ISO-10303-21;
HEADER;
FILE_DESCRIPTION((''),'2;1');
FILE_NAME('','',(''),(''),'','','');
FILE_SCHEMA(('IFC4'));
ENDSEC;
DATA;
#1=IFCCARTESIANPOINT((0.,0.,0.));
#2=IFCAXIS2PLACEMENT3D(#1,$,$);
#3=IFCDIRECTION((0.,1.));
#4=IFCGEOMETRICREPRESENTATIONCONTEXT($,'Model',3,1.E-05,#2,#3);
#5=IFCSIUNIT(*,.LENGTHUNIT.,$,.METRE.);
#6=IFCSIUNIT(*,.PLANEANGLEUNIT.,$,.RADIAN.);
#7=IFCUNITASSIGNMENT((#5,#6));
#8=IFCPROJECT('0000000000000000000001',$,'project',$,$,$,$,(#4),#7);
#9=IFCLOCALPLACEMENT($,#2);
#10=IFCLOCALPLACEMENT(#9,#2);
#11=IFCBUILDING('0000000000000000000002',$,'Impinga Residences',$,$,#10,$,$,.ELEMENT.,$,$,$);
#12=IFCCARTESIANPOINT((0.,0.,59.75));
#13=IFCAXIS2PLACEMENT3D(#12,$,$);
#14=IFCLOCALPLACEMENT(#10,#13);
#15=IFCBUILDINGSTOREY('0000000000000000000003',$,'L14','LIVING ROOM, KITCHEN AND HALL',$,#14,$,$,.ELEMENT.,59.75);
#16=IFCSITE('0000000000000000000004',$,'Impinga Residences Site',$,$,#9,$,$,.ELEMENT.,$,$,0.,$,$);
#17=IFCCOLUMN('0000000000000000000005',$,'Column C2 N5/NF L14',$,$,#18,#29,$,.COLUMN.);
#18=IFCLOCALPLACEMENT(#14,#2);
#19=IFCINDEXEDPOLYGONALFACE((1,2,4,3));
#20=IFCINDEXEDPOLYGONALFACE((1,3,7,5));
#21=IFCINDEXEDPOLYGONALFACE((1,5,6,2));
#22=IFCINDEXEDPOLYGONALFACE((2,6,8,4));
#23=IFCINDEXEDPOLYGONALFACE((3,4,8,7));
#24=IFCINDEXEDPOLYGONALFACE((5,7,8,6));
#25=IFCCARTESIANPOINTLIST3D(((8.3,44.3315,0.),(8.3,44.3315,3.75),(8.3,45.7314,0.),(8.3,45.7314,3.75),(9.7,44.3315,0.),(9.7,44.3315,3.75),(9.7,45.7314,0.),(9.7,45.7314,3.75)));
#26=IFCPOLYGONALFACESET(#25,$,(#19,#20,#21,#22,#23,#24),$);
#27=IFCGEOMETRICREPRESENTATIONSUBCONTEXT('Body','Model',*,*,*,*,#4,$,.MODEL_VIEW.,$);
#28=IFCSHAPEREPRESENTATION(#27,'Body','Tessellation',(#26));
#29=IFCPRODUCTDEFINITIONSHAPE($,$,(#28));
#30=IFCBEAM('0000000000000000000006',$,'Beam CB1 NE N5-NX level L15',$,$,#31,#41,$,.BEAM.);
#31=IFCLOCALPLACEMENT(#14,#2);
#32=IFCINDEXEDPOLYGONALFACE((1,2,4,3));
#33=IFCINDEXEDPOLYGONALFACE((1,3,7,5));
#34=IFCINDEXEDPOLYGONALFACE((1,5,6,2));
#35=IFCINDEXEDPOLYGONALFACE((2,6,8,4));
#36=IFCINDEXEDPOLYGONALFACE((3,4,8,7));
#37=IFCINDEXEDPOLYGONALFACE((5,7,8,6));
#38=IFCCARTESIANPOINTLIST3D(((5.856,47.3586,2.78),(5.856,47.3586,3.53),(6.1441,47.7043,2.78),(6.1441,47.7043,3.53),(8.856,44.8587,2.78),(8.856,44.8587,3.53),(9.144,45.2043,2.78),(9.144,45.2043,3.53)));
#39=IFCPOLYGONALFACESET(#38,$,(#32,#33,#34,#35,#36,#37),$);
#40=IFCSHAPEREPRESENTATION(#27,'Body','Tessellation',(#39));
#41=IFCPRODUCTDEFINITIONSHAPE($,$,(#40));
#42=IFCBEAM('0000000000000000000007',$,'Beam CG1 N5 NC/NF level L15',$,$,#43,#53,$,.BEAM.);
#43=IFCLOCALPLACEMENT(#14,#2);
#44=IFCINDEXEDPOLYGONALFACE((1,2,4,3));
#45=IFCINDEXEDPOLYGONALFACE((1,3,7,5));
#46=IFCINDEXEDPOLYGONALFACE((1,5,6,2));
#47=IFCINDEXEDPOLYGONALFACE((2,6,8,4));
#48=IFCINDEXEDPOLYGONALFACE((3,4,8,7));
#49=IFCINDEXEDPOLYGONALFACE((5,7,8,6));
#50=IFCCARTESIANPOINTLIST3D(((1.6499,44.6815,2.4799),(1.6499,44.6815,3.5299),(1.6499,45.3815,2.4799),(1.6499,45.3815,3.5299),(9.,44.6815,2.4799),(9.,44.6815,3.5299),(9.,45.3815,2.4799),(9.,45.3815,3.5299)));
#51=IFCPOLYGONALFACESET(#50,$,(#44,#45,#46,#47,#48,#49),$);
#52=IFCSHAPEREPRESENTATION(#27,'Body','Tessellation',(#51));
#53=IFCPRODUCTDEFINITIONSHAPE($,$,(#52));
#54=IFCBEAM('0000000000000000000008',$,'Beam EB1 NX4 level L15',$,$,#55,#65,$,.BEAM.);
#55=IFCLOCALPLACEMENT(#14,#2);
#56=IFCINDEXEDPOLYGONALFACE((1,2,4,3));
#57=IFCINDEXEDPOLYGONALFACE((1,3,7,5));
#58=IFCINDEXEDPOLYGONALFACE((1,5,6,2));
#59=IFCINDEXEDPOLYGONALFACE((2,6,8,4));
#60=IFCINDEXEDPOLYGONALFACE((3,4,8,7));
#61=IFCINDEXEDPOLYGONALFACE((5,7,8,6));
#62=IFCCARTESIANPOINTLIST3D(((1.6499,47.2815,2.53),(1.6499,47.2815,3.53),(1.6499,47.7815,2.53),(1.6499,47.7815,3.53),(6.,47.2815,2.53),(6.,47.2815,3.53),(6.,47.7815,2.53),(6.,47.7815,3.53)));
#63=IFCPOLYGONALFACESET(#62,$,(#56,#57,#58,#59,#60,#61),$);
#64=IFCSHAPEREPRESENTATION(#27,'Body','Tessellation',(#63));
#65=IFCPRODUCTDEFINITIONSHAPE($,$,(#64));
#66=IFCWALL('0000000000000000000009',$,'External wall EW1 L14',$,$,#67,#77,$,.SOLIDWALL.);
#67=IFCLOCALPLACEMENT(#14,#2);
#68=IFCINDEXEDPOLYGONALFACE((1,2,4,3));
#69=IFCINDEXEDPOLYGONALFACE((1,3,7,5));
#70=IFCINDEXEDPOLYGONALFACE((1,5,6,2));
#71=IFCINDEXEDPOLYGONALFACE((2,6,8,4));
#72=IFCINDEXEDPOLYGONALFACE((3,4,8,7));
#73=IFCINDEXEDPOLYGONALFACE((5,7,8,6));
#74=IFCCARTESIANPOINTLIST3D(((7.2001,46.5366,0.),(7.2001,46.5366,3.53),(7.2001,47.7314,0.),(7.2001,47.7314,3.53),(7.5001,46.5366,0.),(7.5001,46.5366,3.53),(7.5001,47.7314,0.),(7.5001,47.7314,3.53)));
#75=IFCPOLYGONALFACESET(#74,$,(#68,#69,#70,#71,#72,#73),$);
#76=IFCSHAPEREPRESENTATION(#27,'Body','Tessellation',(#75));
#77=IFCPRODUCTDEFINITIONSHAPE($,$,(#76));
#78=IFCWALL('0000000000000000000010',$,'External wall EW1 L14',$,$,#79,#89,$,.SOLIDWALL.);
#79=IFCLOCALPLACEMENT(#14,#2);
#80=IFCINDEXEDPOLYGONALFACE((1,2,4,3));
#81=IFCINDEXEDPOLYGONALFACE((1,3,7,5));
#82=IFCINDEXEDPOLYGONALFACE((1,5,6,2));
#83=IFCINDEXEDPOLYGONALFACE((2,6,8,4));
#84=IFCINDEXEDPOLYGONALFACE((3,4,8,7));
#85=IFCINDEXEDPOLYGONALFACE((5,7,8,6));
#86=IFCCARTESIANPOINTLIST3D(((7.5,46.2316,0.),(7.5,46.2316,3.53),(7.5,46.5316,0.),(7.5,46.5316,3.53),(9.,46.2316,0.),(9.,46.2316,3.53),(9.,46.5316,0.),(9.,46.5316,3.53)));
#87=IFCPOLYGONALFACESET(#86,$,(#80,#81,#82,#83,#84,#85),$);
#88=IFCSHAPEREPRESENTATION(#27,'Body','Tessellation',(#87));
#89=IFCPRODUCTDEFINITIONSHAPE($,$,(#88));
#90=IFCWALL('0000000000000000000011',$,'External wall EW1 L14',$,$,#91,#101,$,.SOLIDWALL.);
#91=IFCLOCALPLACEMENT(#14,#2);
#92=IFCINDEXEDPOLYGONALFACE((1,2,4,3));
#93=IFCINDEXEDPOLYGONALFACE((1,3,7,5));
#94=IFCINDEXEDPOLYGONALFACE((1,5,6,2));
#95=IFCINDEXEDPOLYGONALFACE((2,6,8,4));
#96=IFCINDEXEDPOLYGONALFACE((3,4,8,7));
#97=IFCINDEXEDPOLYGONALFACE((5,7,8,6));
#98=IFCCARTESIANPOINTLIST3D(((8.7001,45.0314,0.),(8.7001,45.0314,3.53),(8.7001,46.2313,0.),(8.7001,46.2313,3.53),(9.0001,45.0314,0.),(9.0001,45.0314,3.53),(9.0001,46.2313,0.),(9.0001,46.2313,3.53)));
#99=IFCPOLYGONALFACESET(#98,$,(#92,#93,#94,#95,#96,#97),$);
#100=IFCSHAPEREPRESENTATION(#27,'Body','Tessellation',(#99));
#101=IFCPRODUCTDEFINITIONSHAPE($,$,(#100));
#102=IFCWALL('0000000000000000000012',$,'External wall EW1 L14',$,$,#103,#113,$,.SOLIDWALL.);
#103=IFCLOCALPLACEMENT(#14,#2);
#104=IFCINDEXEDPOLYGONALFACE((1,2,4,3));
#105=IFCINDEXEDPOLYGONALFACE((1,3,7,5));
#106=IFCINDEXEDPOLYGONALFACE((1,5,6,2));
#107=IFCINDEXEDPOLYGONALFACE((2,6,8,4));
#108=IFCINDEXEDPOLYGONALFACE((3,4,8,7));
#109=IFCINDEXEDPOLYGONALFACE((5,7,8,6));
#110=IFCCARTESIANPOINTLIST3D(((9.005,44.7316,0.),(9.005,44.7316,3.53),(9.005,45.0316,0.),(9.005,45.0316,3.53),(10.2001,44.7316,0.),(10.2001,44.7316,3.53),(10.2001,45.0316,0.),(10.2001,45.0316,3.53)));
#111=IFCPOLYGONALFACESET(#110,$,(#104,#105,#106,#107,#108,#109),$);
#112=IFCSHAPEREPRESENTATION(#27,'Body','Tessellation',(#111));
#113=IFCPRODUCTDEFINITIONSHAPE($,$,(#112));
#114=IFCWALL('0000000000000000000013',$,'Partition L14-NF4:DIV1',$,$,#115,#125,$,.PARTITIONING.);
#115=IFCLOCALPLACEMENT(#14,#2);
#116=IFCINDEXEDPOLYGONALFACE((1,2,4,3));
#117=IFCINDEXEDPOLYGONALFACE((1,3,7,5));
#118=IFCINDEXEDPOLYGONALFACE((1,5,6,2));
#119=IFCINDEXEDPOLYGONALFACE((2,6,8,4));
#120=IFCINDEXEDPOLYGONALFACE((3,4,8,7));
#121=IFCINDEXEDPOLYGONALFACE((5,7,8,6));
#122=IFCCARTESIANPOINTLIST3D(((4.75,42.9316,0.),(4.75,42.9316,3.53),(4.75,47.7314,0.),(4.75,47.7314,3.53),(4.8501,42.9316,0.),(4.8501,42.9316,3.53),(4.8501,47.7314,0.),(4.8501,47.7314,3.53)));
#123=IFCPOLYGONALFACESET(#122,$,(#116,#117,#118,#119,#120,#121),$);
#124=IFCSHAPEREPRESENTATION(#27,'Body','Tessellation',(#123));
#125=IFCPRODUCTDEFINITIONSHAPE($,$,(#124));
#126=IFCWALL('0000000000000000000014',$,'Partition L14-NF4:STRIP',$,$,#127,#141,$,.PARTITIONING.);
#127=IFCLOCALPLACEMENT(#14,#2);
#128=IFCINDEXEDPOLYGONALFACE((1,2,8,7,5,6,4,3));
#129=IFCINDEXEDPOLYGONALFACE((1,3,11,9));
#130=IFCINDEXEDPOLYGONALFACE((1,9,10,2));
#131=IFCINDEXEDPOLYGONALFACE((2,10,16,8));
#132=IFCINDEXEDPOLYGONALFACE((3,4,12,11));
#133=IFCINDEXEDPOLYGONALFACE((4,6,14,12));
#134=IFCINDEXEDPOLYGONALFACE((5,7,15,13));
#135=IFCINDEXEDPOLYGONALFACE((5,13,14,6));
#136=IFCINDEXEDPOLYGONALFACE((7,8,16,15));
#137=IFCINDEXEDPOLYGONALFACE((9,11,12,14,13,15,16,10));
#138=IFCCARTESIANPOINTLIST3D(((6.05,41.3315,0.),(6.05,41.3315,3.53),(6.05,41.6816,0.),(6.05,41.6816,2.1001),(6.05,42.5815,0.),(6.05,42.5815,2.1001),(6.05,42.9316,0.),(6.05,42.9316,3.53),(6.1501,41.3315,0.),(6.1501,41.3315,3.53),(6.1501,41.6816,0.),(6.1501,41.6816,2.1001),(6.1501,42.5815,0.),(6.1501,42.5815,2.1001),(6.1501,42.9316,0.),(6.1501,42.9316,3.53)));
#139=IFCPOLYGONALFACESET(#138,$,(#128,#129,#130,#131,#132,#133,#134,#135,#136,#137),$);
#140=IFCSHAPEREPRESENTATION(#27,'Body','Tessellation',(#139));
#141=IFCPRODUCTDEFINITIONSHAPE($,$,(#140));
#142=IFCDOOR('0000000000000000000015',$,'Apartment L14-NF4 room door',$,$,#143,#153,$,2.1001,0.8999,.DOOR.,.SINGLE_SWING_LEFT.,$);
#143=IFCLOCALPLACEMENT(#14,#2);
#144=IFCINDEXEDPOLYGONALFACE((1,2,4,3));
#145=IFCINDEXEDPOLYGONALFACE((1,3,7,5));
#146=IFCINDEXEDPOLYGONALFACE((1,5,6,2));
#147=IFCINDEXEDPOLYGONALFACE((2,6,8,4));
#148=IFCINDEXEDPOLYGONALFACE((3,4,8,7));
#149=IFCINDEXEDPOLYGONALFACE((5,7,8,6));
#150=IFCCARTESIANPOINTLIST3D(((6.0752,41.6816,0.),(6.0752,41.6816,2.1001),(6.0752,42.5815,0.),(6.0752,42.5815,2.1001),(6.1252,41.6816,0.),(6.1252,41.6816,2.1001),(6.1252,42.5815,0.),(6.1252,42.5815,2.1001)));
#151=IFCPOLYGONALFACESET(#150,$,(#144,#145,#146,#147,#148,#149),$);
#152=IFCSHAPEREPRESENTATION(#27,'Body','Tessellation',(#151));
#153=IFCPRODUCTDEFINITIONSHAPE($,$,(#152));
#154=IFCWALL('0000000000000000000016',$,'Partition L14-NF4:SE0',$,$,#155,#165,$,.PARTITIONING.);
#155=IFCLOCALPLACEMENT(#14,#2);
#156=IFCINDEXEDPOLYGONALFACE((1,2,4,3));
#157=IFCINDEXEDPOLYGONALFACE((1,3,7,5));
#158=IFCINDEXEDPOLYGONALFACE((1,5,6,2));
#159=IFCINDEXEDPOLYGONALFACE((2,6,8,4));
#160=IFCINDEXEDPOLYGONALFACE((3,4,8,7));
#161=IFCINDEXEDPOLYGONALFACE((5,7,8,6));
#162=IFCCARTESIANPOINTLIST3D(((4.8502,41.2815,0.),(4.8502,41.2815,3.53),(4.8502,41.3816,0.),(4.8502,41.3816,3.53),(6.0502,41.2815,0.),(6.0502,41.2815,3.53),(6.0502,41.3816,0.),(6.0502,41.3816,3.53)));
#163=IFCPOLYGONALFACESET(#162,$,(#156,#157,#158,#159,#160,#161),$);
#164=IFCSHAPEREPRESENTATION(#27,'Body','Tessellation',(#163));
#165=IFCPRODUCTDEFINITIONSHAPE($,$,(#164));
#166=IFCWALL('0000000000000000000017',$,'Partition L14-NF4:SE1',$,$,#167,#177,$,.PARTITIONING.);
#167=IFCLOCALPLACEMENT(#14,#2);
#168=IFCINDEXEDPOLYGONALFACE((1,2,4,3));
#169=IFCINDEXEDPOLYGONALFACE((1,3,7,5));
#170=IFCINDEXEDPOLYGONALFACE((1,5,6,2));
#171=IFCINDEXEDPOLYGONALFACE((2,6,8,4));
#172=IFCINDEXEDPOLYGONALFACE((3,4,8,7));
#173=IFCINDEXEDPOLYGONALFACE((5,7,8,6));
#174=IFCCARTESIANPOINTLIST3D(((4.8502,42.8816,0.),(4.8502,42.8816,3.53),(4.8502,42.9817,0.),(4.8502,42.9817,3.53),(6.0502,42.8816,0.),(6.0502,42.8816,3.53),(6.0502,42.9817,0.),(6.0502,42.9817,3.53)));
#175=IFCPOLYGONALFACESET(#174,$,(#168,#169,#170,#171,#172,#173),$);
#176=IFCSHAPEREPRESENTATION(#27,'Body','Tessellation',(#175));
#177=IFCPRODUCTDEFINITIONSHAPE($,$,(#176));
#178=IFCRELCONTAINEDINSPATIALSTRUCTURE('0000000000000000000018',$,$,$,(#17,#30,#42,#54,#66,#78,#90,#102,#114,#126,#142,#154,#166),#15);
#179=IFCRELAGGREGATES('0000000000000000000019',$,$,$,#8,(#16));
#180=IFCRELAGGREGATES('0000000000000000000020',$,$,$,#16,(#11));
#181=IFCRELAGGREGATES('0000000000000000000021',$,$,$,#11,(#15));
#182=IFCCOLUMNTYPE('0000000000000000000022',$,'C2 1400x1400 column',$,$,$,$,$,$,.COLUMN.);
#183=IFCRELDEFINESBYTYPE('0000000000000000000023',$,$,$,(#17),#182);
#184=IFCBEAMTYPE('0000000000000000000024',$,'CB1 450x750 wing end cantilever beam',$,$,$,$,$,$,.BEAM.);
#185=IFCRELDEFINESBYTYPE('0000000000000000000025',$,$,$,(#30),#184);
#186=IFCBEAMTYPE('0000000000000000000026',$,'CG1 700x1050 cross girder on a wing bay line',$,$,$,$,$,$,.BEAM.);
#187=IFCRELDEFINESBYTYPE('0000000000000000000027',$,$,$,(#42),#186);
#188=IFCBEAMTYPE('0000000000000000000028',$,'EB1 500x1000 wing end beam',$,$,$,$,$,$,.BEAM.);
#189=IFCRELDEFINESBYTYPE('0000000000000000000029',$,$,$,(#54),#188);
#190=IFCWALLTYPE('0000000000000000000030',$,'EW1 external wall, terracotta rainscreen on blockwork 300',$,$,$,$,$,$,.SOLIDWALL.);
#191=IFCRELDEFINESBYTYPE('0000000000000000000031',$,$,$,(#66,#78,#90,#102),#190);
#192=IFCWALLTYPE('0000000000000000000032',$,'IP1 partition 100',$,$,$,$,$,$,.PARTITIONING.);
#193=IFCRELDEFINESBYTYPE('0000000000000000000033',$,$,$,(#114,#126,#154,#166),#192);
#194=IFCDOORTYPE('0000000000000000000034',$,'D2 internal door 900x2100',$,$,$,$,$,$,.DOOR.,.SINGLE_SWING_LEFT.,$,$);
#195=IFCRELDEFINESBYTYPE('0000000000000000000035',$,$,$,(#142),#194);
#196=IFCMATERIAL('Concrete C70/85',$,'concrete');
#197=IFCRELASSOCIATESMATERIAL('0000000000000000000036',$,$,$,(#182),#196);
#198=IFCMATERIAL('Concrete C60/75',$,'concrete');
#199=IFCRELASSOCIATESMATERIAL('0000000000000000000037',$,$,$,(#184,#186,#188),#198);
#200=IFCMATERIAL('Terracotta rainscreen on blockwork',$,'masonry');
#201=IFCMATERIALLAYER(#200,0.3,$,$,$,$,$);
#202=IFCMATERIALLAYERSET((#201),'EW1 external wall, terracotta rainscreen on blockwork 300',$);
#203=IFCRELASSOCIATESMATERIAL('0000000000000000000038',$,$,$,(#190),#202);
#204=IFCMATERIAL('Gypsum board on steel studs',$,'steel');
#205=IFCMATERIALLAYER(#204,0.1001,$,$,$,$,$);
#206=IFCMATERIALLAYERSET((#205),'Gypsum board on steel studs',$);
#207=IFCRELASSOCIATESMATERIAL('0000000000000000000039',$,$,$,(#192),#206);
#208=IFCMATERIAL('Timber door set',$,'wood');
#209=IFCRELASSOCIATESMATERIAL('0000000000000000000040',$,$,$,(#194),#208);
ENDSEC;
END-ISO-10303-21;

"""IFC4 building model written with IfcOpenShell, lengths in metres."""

from ifc_helpers import new_model, si_unit, direction, frame, frame_2d, origin, origin_2d, place, context, subcontext, project, spatial, rectangle, extrude, material, layer, layer_set, material_profile, profile_set, type_object, element, fill, save


model = new_model("IFC4")

# Units and contexts
model_context = context("Model", 3, precision=1e-05, world=origin(), true_north=direction((0.0, 1.0)))
body_context = subcontext(model_context, "Body", "Model", "MODEL_VIEW")
ifc_project = project(units=[si_unit("LENGTHUNIT", "METRE"), si_unit("PLANEANGLEUNIT", "RADIAN")], contexts=[model_context])

# Site, building, storey
site_placement = place(None, origin())
site = spatial("IfcSite", under=ifc_project, at=site_placement, Name="Impinga Residences Site", CompositionType="ELEMENT", RefElevation=0.0)
building_placement = place(site_placement, origin())
building = spatial("IfcBuilding", under=site, at=building_placement, Name="Impinga Residences", CompositionType="ELEMENT")
storey_placement = place(building_placement, frame((0.0, 0.0, 59.75)))
storey = spatial("IfcBuildingStorey", under=building, at=storey_placement, Name="L14", Description="LIVING ROOM, KITCHEN AND HALL", CompositionType="ELEMENT", Elevation=59.75)

# Column
ifc_material_1 = material(Name="Concrete C70/85", Category="concrete")
ifc_material_profile_1 = material_profile(ifc_material_1, rectangle(XDim=1.3999, YDim=1.3999, at=origin_2d()), Name="RC 1400x1400")
ifc_profile_set_1 = profile_set([ifc_material_profile_1], Name="Concrete C70/85")
column_type = type_object("IfcColumnType", Name="C2 1400x1400 column", PredefinedType="COLUMN", material=ifc_profile_set_1)
column_placement = place(storey_placement, frame((9.0, 45.0315, 0.0), z_axis=(0.0, 0.0, 1.0), x_axis=(1.0, 0.0, 0.0)))
element("IfcColumn", 1, at=column_placement, inside=storey, type_object=column_type, Name="Column C2 N5/NF L14", PredefinedType="COLUMN", context=body_context, shape_type="SweptSolid", body=[
    extrude(rectangle(XDim=1.3999, YDim=1.3999, at=origin_2d()), origin(), (0.0, 0.0, 1.0), 3.75),
])

# Beams
ifc_material_2 = material(Name="Concrete C60/75", Category="concrete")
ifc_material_profile_2 = material_profile(ifc_material_2, rectangle(XDim=0.45, YDim=0.75, at=origin_2d()), Name="RC 450x750")
ifc_profile_set_2 = profile_set([ifc_material_profile_2], Name="Concrete C60/75")
beam_type_1 = type_object("IfcBeamType", Name="CB1 450x750 wing end cantilever beam", PredefinedType="BEAM", material=ifc_profile_set_2)
beam_1_placement = place(storey_placement, frame((9.0, 45.0315, 3.155), z_axis=(-0.768221, 0.640184, 0.0), x_axis=(-0.640184, -0.768221, 0.0)))
element("IfcBeam", 2, at=beam_1_placement, inside=storey, type_object=beam_type_1, Name="Beam CB1 NE N5-NX level L15", PredefinedType="BEAM", context=body_context, shape_type="SweptSolid", body=[
    extrude(rectangle(XDim=0.45, YDim=0.75, at=origin_2d()), origin(), (0.0, 0.0, 1.0), 3.905),
])
ifc_material_profile_3 = material_profile(ifc_material_2, rectangle(XDim=0.7, YDim=1.05, at=origin_2d()), Name="RC 700x1050")
ifc_profile_set_3 = profile_set([ifc_material_profile_3], Name="Concrete C60/75")
beam_type_2 = type_object("IfcBeamType", Name="CG1 700x1050 cross girder on a wing bay line", PredefinedType="BEAM", material=ifc_profile_set_3)
beam_2_placement = place(storey_placement, frame((1.6499, 45.0315, 3.0049), z_axis=(1.0, 0.0, 0.0), x_axis=(0.0, 1.0, 0.0)))
element("IfcBeam", 3, at=beam_2_placement, inside=storey, type_object=beam_type_2, Name="Beam CG1 N5 NC/NF level L15", PredefinedType="BEAM", context=body_context, shape_type="SweptSolid", body=[
    extrude(rectangle(XDim=0.7, YDim=1.05, at=origin_2d()), origin(), (0.0, 0.0, 1.0), 7.3501),
])
ifc_material_profile_4 = material_profile(ifc_material_2, rectangle(XDim=0.5, YDim=1.0, at=origin_2d()), Name="RC 500x1000")
ifc_profile_set_4 = profile_set([ifc_material_profile_4], Name="Concrete C60/75")
beam_type_3 = type_object("IfcBeamType", Name="EB1 500x1000 wing end beam", PredefinedType="BEAM", material=ifc_profile_set_4)
beam_3_placement = place(storey_placement, frame((1.6499, 47.5315, 3.03), z_axis=(1.0, 0.0, 0.0), x_axis=(0.0, 1.0, 0.0)))
element("IfcBeam", 4, at=beam_3_placement, inside=storey, type_object=beam_type_3, Name="Beam EB1 NX4 level L15", PredefinedType="BEAM", context=body_context, shape_type="SweptSolid", body=[
    extrude(rectangle(XDim=0.5, YDim=1.0, at=origin_2d()), origin(), (0.0, 0.0, 1.0), 4.3501),
])

# Walls
ifc_material_3 = material(Name="Terracotta rainscreen on blockwork", Category="masonry")
ifc_layer_1 = layer(ifc_material_3, 0.3)
ifc_layer_set_1 = layer_set([ifc_layer_1], Name="EW1 external wall, terracotta rainscreen on blockwork 300")
wall_type_1 = type_object("IfcWallType", Name="EW1 external wall, terracotta rainscreen on blockwork 300", PredefinedType="SOLIDWALL", material=ifc_layer_set_1)
wall_1_placement = place(storey_placement, frame((7.3501, 47.7314, 0.0), z_axis=(0.0, 0.0, 1.0), x_axis=(0.0, -1.0, 0.0)))
element("IfcWall", 5, at=wall_1_placement, inside=storey, type_object=wall_type_1, Name="External wall EW1 L14", PredefinedType="SOLIDWALL", context=body_context, shape_type="SweptSolid", body=[
    extrude(rectangle(XDim=1.1948, YDim=0.3, at=frame_2d((0.5974, 0.0))), origin(), (0.0, 0.0, 1.0), 3.53),
])
wall_2_placement = place(storey_placement, frame((7.5, 46.3816, 0.0), z_axis=(0.0, 0.0, 1.0), x_axis=(1.0, 0.0, 0.0)))
element("IfcWall", 6, at=wall_2_placement, inside=storey, type_object=wall_type_1, Name="External wall EW1 L14", PredefinedType="SOLIDWALL", context=body_context, shape_type="SweptSolid", body=[
    extrude(rectangle(XDim=1.5, YDim=0.3, at=frame_2d((0.75, 0.0))), origin(), (0.0, 0.0, 1.0), 3.53),
])
wall_3_placement = place(storey_placement, frame((8.8501, 46.2314, 0.0), z_axis=(0.0, 0.0, 1.0), x_axis=(0.0, -1.0, 0.0)))
element("IfcWall", 7, at=wall_3_placement, inside=storey, type_object=wall_type_1, Name="External wall EW1 L14", PredefinedType="SOLIDWALL", context=body_context, shape_type="SweptSolid", body=[
    extrude(rectangle(XDim=1.2, YDim=0.3, at=frame_2d((0.6001, 0.0))), origin(), (0.0, 0.0, 1.0), 3.53),
])
wall_4_placement = place(storey_placement, frame((9.0049, 44.8816, 0.0), z_axis=(0.0, 0.0, 1.0), x_axis=(1.0, 0.0, 0.0)))
element("IfcWall", 8, at=wall_4_placement, inside=storey, type_object=wall_type_1, Name="External wall EW1 L14", PredefinedType="SOLIDWALL", context=body_context, shape_type="SweptSolid", body=[
    extrude(rectangle(XDim=1.1951, YDim=0.3, at=frame_2d((0.5977, 0.0))), origin(), (0.0, 0.0, 1.0), 3.53),
])

# Wall
ifc_material_4 = material(Name="Gypsum board on steel studs", Category="steel")
ifc_layer_2 = layer(ifc_material_4, 0.1001)
ifc_layer_set_2 = layer_set([ifc_layer_2], Name="Gypsum board on steel studs")
wall_type_2 = type_object("IfcWallType", Name="IP1 partition 100", PredefinedType="PARTITIONING", material=ifc_layer_set_2)
wall_5_placement = place(storey_placement, frame((4.8, 42.9316, 0.0), z_axis=(0.0, 0.0, 1.0), x_axis=(0.0, 1.0, 0.0)))
element("IfcWall", 9, at=wall_5_placement, inside=storey, type_object=wall_type_2, Name="Partition L14-NF4:DIV1", PredefinedType="PARTITIONING", context=body_context, shape_type="SweptSolid", body=[
    extrude(rectangle(XDim=4.7998, YDim=0.1001, at=frame_2d((2.3999, 0.0))), origin(), (0.0, 0.0, 1.0), 3.53),
])

# Wall, opening, door
wall_6_placement = place(storey_placement, frame((6.1001, 41.3315, 0.0), z_axis=(0.0, 0.0, 1.0), x_axis=(0.0, 1.0, 0.0)))
wall_6 = element("IfcWall", 10, at=wall_6_placement, inside=storey, type_object=wall_type_2, Name="Partition L14-NF4:STRIP", PredefinedType="PARTITIONING", context=body_context, shape_type="SweptSolid", body=[
    extrude(rectangle(XDim=1.6001, YDim=0.1001, at=frame_2d((0.8, 0.0))), origin(), (0.0, 0.0, 1.0), 3.53),
])
opening_1_placement = place(wall_6_placement, frame((0.3501, 0.0, 0.0)))
opening_1 = element("IfcOpeningElement", 11, at=opening_1_placement, cuts=wall_6, PredefinedType="OPENING", context=body_context, shape_type="SweptSolid", body=[
    extrude(rectangle(XDim=0.8999, YDim=2.1001, at=frame_2d((0.45, 1.05))), frame((0.0, 0.0601, 0.0), z_axis=(0.0, -1.0, 0.0), x_axis=(1.0, 0.0, 0.0)), (0.0, 0.0, 1.0), 0.1201),
])
ifc_material_5 = material(Name="Timber door set", Category="wood")
door_type = type_object("IfcDoorType", Name="D2 internal door 900x2100", OperationType="SINGLE_SWING_LEFT", PredefinedType="DOOR", material=ifc_material_5)
door_1_placement = place(opening_1_placement, origin())
door_1 = element("IfcDoor", 12, at=door_1_placement, inside=storey, type_object=door_type, Name="Apartment L14-NF4 room door", OperationType="SINGLE_SWING_LEFT", OverallHeight=2.1001, OverallWidth=0.8999, PredefinedType="DOOR", context=body_context, shape_type="SweptSolid", body=[
    extrude(rectangle(XDim=0.8999, YDim=2.1001, at=frame_2d((0.45, 1.05))), frame((0.0, 0.0249, 0.0), z_axis=(0.0, -1.0, 0.0), x_axis=(1.0, 0.0, 0.0)), (0.0, 0.0, 1.0), 0.05),
])
fill(opening_1, door_1)

# Walls
for number, where, z_axis, x_axis, name in (
    (13, (4.8501, 41.3315, 0.0), (0.0, 0.0, 1.0), (1.0, 0.0, 0.0), "Partition L14-NF4:SE0"),
    (14, (4.8501, 42.9316, 0.0), (0.0, 0.0, 1.0), (1.0, 0.0, 0.0), "Partition L14-NF4:SE1"),
):
    element("IfcWall", number, at=place(storey_placement, frame(where, z_axis=z_axis, x_axis=x_axis)), inside=storey, type_object=wall_type_2, Name=name, PredefinedType="PARTITIONING", context=body_context, shape_type="SweptSolid", body=[
        extrude(rectangle(XDim=1.2, YDim=0.1001, at=frame_2d((0.6001, 0.0))), origin(), (0.0, 0.0, 1.0), 3.53),
    ])

save(model, "model.ifc")
